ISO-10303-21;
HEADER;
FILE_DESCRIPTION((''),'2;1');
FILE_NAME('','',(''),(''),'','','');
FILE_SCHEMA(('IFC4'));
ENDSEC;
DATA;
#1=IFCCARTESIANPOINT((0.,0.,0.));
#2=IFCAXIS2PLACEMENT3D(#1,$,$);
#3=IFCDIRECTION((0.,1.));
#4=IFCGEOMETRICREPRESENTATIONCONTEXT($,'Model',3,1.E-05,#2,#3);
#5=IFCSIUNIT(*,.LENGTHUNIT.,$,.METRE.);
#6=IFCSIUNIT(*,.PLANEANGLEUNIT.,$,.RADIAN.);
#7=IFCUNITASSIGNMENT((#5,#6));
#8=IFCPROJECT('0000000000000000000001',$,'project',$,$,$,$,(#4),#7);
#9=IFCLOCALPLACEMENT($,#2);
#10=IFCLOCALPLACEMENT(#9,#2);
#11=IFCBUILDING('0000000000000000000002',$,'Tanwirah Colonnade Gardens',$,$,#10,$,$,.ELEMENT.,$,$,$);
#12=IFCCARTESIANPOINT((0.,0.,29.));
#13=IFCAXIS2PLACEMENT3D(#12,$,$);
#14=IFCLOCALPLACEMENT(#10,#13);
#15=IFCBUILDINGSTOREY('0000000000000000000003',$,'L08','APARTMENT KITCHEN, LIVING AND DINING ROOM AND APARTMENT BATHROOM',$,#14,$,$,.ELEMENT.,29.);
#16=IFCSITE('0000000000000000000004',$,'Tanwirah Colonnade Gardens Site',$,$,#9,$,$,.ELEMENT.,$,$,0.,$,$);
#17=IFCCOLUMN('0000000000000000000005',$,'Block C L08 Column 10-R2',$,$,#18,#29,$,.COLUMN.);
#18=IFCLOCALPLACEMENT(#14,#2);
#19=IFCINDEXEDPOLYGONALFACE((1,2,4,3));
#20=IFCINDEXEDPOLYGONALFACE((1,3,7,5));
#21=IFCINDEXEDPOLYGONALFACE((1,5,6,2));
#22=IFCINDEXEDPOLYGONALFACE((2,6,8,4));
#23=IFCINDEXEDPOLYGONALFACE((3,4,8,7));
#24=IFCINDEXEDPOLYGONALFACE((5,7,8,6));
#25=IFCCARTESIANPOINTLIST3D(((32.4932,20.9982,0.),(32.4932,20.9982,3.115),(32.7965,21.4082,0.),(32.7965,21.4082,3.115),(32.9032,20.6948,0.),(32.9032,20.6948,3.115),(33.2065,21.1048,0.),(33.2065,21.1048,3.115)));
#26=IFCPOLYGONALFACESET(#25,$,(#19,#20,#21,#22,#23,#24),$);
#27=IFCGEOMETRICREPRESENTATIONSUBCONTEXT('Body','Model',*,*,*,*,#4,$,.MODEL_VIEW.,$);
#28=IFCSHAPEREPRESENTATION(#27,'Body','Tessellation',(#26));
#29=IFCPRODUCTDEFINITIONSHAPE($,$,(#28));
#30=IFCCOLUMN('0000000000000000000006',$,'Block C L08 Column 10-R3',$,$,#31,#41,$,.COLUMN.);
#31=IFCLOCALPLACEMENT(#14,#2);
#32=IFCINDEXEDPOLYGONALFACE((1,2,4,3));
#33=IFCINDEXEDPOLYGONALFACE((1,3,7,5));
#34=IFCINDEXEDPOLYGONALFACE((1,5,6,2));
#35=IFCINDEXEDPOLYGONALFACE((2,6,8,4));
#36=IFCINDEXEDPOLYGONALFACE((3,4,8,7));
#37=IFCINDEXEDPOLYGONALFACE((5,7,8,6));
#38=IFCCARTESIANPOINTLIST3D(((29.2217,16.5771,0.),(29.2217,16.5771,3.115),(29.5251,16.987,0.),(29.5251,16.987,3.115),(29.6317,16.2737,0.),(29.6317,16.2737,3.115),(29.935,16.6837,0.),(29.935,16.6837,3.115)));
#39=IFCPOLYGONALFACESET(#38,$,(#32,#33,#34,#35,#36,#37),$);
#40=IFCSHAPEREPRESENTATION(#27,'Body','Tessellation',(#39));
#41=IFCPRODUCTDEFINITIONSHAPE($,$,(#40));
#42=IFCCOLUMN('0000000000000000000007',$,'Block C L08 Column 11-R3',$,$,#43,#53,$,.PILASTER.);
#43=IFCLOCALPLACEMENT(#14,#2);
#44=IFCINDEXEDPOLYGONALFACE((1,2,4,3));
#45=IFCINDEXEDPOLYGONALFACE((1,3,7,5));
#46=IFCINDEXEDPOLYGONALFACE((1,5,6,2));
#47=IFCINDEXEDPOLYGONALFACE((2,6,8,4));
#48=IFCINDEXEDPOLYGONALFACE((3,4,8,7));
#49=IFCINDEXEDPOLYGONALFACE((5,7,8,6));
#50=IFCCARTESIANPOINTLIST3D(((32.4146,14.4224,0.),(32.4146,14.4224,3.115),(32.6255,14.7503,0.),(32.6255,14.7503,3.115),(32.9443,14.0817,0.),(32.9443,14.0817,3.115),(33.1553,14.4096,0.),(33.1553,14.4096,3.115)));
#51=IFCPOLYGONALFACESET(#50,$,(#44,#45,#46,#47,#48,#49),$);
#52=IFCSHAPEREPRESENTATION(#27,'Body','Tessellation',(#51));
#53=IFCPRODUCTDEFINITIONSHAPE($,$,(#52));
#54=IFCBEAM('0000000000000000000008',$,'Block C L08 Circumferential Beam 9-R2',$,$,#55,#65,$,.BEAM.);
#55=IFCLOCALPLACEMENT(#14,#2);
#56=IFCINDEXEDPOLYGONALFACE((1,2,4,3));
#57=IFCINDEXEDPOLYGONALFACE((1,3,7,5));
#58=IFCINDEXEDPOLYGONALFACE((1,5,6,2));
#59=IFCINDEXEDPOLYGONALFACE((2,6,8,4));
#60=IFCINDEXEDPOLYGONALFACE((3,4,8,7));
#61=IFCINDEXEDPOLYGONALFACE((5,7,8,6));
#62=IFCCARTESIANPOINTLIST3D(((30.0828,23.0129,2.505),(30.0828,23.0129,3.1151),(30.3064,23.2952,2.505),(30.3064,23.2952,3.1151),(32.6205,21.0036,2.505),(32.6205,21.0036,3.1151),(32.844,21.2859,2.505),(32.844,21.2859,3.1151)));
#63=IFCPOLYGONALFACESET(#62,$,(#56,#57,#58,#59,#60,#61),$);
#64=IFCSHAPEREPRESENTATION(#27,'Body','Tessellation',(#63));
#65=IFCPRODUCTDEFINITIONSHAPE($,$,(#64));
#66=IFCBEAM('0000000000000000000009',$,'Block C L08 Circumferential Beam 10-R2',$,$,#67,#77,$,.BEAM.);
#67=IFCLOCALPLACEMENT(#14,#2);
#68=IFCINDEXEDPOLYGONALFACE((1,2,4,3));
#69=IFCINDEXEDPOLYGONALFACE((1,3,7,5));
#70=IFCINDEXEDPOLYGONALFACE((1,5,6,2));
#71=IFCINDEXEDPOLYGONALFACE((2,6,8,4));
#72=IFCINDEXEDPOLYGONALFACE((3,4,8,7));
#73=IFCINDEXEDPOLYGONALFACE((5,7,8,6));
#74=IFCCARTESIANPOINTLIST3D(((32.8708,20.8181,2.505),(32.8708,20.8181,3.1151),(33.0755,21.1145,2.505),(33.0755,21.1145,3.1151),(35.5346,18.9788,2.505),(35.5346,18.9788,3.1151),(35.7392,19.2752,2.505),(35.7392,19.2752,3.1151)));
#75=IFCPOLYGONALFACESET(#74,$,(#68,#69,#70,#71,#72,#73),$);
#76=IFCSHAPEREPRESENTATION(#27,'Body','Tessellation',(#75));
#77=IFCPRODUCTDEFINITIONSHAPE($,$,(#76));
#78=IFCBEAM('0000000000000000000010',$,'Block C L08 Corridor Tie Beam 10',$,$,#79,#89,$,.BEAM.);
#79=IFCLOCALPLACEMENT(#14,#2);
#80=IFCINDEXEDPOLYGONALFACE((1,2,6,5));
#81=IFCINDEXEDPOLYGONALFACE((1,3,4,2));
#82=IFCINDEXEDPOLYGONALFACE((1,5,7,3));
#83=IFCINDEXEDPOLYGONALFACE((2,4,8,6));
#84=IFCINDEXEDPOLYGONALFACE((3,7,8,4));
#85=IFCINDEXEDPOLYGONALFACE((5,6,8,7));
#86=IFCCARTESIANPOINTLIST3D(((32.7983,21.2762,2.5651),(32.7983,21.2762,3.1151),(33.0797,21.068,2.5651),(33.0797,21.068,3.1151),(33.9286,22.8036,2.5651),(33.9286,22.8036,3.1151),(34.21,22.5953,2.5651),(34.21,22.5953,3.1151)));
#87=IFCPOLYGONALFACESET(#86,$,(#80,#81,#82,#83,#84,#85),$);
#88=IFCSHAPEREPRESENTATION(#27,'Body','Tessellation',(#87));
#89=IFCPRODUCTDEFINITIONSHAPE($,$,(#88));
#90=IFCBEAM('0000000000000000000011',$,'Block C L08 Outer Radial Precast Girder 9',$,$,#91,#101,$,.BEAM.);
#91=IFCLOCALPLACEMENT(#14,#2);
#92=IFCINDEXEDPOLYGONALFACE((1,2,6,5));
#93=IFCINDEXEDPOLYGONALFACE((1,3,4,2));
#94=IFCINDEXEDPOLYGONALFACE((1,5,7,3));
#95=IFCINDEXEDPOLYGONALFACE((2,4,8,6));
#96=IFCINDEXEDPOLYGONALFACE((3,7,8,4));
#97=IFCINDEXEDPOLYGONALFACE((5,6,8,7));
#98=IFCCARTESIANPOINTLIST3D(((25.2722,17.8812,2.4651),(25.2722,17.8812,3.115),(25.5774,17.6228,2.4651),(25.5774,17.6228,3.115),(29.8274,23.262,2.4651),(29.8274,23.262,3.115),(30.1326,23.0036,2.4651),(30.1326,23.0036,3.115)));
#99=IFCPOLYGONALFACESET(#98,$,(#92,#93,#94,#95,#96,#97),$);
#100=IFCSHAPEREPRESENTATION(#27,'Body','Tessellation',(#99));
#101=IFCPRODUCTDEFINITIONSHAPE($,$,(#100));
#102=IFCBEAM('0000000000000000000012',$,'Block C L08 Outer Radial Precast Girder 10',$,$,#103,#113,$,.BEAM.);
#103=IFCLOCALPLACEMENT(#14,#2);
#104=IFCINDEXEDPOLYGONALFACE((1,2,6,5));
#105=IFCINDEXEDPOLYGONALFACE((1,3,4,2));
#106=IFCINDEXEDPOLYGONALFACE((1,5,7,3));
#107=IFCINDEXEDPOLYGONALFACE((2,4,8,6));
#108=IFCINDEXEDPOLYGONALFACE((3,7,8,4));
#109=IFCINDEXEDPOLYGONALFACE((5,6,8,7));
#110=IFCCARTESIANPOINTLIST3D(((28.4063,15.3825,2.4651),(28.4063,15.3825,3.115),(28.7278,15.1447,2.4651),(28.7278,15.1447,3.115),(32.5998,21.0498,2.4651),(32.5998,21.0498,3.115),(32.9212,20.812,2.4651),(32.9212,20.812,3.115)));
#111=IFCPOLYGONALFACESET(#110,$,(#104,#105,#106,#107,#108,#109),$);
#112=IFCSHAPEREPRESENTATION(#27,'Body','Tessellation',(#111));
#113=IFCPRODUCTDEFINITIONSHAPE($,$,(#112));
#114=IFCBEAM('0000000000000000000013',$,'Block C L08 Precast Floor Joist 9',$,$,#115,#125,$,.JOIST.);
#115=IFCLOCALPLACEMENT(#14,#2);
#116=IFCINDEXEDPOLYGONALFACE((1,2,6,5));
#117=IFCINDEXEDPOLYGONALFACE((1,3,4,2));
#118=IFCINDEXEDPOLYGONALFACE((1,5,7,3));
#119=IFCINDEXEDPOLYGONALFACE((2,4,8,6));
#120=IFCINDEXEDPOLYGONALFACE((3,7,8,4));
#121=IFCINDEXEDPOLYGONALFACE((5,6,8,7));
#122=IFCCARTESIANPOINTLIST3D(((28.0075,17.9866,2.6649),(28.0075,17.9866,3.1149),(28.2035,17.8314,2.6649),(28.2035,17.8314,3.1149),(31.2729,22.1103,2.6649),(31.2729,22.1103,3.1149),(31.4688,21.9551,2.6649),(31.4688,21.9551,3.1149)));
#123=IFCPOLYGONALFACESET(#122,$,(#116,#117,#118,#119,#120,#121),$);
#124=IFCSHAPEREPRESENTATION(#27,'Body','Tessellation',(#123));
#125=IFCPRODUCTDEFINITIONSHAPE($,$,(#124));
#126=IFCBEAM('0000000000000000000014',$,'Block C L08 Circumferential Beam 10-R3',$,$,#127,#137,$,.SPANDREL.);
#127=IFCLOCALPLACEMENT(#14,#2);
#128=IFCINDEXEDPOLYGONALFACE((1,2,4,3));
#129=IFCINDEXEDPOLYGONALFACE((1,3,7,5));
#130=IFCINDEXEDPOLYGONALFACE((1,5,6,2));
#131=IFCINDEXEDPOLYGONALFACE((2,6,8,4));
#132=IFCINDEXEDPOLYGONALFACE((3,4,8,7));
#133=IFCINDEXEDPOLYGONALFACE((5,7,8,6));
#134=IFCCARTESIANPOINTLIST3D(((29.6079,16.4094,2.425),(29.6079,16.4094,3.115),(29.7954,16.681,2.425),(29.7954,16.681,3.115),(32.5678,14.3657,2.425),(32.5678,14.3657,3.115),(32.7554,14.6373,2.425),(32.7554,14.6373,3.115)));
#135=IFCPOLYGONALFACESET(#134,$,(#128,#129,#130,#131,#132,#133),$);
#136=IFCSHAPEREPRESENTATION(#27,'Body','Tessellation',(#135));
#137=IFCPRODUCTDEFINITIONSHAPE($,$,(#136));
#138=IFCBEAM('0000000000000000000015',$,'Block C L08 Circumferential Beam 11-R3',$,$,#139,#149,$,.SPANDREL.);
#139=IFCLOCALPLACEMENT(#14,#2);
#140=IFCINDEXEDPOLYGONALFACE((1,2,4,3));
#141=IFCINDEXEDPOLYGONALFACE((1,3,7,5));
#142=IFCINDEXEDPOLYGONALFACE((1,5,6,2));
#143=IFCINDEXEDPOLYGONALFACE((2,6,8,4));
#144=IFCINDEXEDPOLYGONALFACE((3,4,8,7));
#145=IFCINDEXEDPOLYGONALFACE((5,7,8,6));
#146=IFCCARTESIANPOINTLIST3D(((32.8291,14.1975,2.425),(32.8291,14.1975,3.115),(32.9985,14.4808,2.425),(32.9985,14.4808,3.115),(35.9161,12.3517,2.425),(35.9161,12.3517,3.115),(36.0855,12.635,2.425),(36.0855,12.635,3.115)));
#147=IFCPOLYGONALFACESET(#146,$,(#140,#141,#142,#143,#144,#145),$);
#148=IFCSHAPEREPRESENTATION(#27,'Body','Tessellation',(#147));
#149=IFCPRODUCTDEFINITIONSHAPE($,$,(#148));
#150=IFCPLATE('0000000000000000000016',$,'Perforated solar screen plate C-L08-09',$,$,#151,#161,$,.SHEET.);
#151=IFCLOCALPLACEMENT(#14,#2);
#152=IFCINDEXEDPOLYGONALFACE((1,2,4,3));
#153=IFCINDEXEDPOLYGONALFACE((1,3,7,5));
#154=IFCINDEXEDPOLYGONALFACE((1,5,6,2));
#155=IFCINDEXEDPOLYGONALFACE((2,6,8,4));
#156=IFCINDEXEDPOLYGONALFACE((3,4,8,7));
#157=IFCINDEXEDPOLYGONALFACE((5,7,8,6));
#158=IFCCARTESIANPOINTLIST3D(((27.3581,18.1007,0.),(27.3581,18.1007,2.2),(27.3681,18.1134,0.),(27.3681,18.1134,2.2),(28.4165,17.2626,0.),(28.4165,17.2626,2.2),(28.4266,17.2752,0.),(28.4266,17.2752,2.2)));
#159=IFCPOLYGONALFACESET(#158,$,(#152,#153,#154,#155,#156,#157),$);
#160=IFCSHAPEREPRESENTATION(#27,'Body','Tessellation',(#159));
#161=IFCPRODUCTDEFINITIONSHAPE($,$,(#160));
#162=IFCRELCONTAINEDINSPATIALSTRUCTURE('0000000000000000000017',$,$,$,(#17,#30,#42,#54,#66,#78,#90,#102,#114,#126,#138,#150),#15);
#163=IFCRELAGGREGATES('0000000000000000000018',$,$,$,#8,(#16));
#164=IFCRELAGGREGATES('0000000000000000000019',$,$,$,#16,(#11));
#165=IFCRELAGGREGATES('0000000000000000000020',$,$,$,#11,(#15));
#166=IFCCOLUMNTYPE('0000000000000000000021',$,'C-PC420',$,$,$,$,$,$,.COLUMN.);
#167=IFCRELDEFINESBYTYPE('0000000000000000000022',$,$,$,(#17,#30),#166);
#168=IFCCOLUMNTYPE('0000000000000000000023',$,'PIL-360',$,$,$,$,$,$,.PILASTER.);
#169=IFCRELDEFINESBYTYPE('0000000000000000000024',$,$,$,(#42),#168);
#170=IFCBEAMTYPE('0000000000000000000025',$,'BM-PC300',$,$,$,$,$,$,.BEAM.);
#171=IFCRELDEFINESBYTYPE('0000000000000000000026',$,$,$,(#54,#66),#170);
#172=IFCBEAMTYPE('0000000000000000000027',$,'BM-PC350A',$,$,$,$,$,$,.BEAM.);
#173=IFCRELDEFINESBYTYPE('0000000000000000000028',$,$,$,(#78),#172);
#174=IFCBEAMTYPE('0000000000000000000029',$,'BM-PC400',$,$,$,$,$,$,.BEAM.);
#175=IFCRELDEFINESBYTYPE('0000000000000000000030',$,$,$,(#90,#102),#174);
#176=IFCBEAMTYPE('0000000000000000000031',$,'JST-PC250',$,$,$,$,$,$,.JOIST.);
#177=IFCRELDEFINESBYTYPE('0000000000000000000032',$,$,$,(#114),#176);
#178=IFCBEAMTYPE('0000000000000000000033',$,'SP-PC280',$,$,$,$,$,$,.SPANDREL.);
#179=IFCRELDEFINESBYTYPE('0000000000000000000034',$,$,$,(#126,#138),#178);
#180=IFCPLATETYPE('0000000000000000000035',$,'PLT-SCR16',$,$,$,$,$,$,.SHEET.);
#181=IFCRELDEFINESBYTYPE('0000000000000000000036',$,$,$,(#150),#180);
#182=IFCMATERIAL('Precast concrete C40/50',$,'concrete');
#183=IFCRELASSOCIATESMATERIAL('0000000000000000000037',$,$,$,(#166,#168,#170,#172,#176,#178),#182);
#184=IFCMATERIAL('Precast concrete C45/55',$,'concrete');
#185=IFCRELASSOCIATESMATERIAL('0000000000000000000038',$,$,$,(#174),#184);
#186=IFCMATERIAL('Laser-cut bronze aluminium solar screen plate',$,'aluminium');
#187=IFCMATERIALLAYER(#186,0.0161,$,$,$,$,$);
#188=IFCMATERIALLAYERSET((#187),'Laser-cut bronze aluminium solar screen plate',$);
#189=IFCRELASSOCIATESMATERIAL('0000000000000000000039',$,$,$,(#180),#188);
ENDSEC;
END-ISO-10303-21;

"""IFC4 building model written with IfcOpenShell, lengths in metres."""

from ifc_helpers import new_model, si_unit, direction, frame, origin, origin_2d, place, context, subcontext, project, spatial, rectangle, extrude, material, layer, layer_set, material_profile, profile_set, type_object, element, save


model = new_model("IFC4")

# Units and contexts
model_context = context("Model", 3, precision=1e-05, world=origin(), true_north=direction((0.0, 1.0)))
body_context = subcontext(model_context, "Body", "Model", "MODEL_VIEW")
ifc_project = project(units=[si_unit("LENGTHUNIT", "METRE"), si_unit("PLANEANGLEUNIT", "RADIAN")], contexts=[model_context])

# Site, building, storey
site_placement = place(None, origin())
site = spatial("IfcSite", under=ifc_project, at=site_placement, Name="Tanwirah Colonnade Gardens Site", CompositionType="ELEMENT", RefElevation=0.0)
building_placement = place(site_placement, origin())
building = spatial("IfcBuilding", under=site, at=building_placement, Name="Tanwirah Colonnade Gardens", CompositionType="ELEMENT")
storey_placement = place(building_placement, frame((0.0, 0.0, 29.0)))
storey = spatial("IfcBuildingStorey", under=building, at=storey_placement, Name="L08", Description="APARTMENT KITCHEN, LIVING AND DINING ROOM AND APARTMENT BATHROOM", CompositionType="ELEMENT", Elevation=29.0)

# Columns
ifc_material_1 = material(Name="Precast concrete C40/50", Category="concrete")
ifc_material_profile_1 = material_profile(ifc_material_1, rectangle(XDim=0.51, YDim=0.51, at=origin_2d()), Name="PC-COL 510x510")
ifc_profile_set_1 = profile_set([ifc_material_profile_1], Name="Precast concrete C40/50")
column_type_1 = type_object("IfcColumnType", Name="C-PC420", PredefinedType="COLUMN", material=ifc_profile_set_1)
for number, where, z_axis, x_axis, name in (
    (1, (32.8499, 21.0515, 0.0), (0.0, 0.0, 1.0), (-0.594823, -0.803857, 0.0), "Block C L08 Column 10-R2"),
    (2, (29.5784, 16.6304, 0.0), (0.0, 0.0, 1.0), (-0.594823, -0.803857, 0.0), "Block C L08 Column 10-R3"),
):
    element("IfcColumn", number, at=place(storey_placement, frame(where, z_axis=z_axis, x_axis=x_axis)), inside=storey, type_object=column_type_1, Name=name, PredefinedType="COLUMN", context=body_context, shape_type="SweptSolid", body=[
        extrude(rectangle(XDim=0.51, YDim=0.51, at=origin_2d()), origin(), (0.0, 0.0, 1.0), 3.115),
    ])
ifc_material_profile_2 = material_profile(ifc_material_1, rectangle(XDim=0.3899, YDim=0.6299, at=origin_2d()), Name="PC-PIL 390x630")
ifc_profile_set_2 = profile_set([ifc_material_profile_2], Name="Precast concrete C40/50")
column_type_2 = type_object("IfcColumnType", Name="PIL-360", PredefinedType="PILASTER", material=ifc_profile_set_2)
column_placement = place(storey_placement, frame((32.7849, 14.416, 0.0), z_axis=(0.0, 0.0, 1.0), x_axis=(-0.540974, -0.841039, 0.0)))
element("IfcColumn", 3, at=column_placement, inside=storey, type_object=column_type_2, Name="Block C L08 Column 11-R3", PredefinedType="PILASTER", context=body_context, shape_type="SweptSolid", body=[
    extrude(rectangle(XDim=0.3899, YDim=0.6299, at=origin_2d()), origin(), (0.0, 0.0, 1.0), 3.115),
])

# Beams
ifc_material_profile_3 = material_profile(ifc_material_1, rectangle(XDim=0.3601, YDim=0.6101, at=origin_2d()), Name="PC-BM 360x610")
ifc_profile_set_3 = profile_set([ifc_material_profile_3], Name="Precast concrete C40/50")
beam_type_1 = type_object("IfcBeamType", Name="BM-PC300", PredefinedType="BEAM", material=ifc_profile_set_3)
beam_1_placement = place(storey_placement, frame((30.1946, 23.1541, 2.8101), z_axis=(0.783994, -0.620769, 0.0), x_axis=(0.620769, 0.783994, 0.0)))
element("IfcBeam", 4, at=beam_1_placement, inside=storey, type_object=beam_type_1, Name="Block C L08 Circumferential Beam 9-R2", PredefinedType="BEAM", context=body_context, shape_type="SweptSolid", body=[
    extrude(rectangle(XDim=0.3601, YDim=0.6101, at=origin_2d()), origin(), (0.0, 0.0, 1.0), 3.2368),
])
beam_2_placement = place(storey_placement, frame((32.9731, 20.9663, 2.8101), z_axis=(0.822889, -0.568202, 0.0), x_axis=(0.568202, 0.822889, 0.0)))
element("IfcBeam", 5, at=beam_2_placement, inside=storey, type_object=beam_type_1, Name="Block C L08 Circumferential Beam 10-R2", PredefinedType="BEAM", context=body_context, shape_type="SweptSolid", body=[
    extrude(rectangle(XDim=0.3601, YDim=0.6101, at=origin_2d()), origin(), (0.0, 0.0, 1.0), 3.2371),
])
ifc_material_profile_4 = material_profile(ifc_material_1, rectangle(XDim=0.3501, YDim=0.55, at=origin_2d()), Name="PC-BM 350x550")
ifc_profile_set_4 = profile_set([ifc_material_profile_4], Name="Precast concrete C40/50")
beam_type_2 = type_object("IfcBeamType", Name="BM-PC350A", PredefinedType="BEAM", material=ifc_profile_set_4)
beam_3_placement = place(storey_placement, frame((34.0693, 22.6995, 2.8401), z_axis=(-0.594889, -0.803807, 0.0), x_axis=(0.803807, -0.594889, 0.0)))
element("IfcBeam", 6, at=beam_3_placement, inside=storey, type_object=beam_type_2, Name="Block C L08 Corridor Tie Beam 10", PredefinedType="BEAM", context=body_context, shape_type="SweptSolid", body=[
    extrude(rectangle(XDim=0.3501, YDim=0.55, at=origin_2d()), origin(), (0.0, 0.0, 1.0), 1.9001),
])
ifc_material_2 = material(Name="Precast concrete C45/55", Category="concrete")
ifc_material_profile_5 = material_profile(ifc_material_2, rectangle(XDim=0.3999, YDim=0.6499, at=origin_2d()), Name="PC-BM 400x650")
ifc_profile_set_5 = profile_set([ifc_material_profile_5], Name="Precast concrete C45/55")
beam_type_3 = type_object("IfcBeamType", Name="BM-PC400", PredefinedType="BEAM", material=ifc_profile_set_5)
for number, where, z_axis, x_axis, name in (
    (7, (29.98, 23.1328, 2.79), (-0.646119, -0.763237, 0.0), (0.763237, -0.646119, 0.0), "Block C L08 Outer Radial Precast Girder 9"),
    (8, (32.7605, 20.9309, 2.79), (-0.594807, -0.803869, 0.0), (0.803869, -0.594807, 0.0), "Block C L08 Outer Radial Precast Girder 10"),
):
    element("IfcBeam", number, at=place(storey_placement, frame(where, z_axis=z_axis, x_axis=x_axis)), inside=storey, type_object=beam_type_3, Name=name, PredefinedType="BEAM", context=body_context, shape_type="SweptSolid", body=[
        extrude(rectangle(XDim=0.3999, YDim=0.6499, at=origin_2d()), origin(), (0.0, 0.0, 1.0), 7.05),
    ])
ifc_material_profile_6 = material_profile(ifc_material_1, rectangle(XDim=0.25, YDim=0.45, at=origin_2d()), Name="PC-JST 250x450")
ifc_profile_set_6 = profile_set([ifc_material_profile_6], Name="Precast concrete C40/50")
beam_type_4 = type_object("IfcBeamType", Name="JST-PC250", PredefinedType="JOIST", material=ifc_profile_set_6)
beam_4_placement = place(storey_placement, frame((31.3708, 22.0327, 2.8899), z_axis=(-0.620787, -0.783979, 0.0), x_axis=(0.783979, -0.620787, 0.0)))
element("IfcBeam", 9, at=beam_4_placement, inside=storey, type_object=beam_type_4, Name="Block C L08 Precast Floor Joist 9", PredefinedType="JOIST", context=body_context, shape_type="SweptSolid", body=[
    extrude(rectangle(XDim=0.25, YDim=0.45, at=origin_2d()), origin(), (0.0, 0.0, 1.0), 5.26),
])
ifc_material_profile_7 = material_profile(ifc_material_1, rectangle(XDim=0.3301, YDim=0.6899, at=origin_2d()), Name="PC-SP 330x690")
ifc_profile_set_7 = profile_set([ifc_material_profile_7], Name="Precast concrete C40/50")
beam_type_5 = type_object("IfcBeamType", Name="SP-PC280", PredefinedType="SPANDREL", material=ifc_profile_set_7)
beam_5_placement = place(storey_placement, frame((29.7017, 16.5452, 2.77), z_axis=(0.822907, -0.568175, 0.0), x_axis=(0.568175, 0.822907, 0.0)))
element("IfcBeam", 10, at=beam_5_placement, inside=storey, type_object=beam_type_5, Name="Block C L08 Circumferential Beam 10-R3", PredefinedType="SPANDREL", context=body_context, shape_type="SweptSolid", body=[
    extrude(rectangle(XDim=0.3301, YDim=0.6899, at=origin_2d()), origin(), (0.0, 0.0, 1.0), 3.5969),
])
beam_6_placement = place(storey_placement, frame((32.9138, 14.3391, 2.77), z_axis=(0.858283, -0.513177, 0.0), x_axis=(0.513177, 0.858283, 0.0)))
element("IfcBeam", 11, at=beam_6_placement, inside=storey, type_object=beam_type_5, Name="Block C L08 Circumferential Beam 11-R3", PredefinedType="SPANDREL", context=body_context, shape_type="SweptSolid", body=[
    extrude(rectangle(XDim=0.3301, YDim=0.6899, at=origin_2d()), origin(), (0.0, 0.0, 1.0), 3.5967),
])

# Plate
ifc_material_3 = material(Name="Laser-cut bronze aluminium solar screen plate", Category="aluminium")
ifc_layer_1 = layer(ifc_material_3, 0.0161)
ifc_layer_set_1 = layer_set([ifc_layer_1], Name="Laser-cut bronze aluminium solar screen plate")
plate_type = type_object("IfcPlateType", Name="PLT-SCR16", PredefinedType="SHEET", material=ifc_layer_set_1)
plate_placement = place(storey_placement, frame((27.8923, 17.688, 0.0), z_axis=(0.0, 0.0, 1.0), x_axis=(0.783966, -0.620804, 0.0)))
element("IfcPlate", 12, at=plate_placement, inside=storey, type_object=plate_type, Name="Perforated solar screen plate C-L08-09", PredefinedType="SHEET", context=body_context, shape_type="SweptSolid", body=[
    extrude(rectangle(XDim=1.3501, YDim=0.0161, at=origin_2d()), origin(), (0.0, 0.0, 1.0), 2.2),
])

save(model, "model.ifc")
